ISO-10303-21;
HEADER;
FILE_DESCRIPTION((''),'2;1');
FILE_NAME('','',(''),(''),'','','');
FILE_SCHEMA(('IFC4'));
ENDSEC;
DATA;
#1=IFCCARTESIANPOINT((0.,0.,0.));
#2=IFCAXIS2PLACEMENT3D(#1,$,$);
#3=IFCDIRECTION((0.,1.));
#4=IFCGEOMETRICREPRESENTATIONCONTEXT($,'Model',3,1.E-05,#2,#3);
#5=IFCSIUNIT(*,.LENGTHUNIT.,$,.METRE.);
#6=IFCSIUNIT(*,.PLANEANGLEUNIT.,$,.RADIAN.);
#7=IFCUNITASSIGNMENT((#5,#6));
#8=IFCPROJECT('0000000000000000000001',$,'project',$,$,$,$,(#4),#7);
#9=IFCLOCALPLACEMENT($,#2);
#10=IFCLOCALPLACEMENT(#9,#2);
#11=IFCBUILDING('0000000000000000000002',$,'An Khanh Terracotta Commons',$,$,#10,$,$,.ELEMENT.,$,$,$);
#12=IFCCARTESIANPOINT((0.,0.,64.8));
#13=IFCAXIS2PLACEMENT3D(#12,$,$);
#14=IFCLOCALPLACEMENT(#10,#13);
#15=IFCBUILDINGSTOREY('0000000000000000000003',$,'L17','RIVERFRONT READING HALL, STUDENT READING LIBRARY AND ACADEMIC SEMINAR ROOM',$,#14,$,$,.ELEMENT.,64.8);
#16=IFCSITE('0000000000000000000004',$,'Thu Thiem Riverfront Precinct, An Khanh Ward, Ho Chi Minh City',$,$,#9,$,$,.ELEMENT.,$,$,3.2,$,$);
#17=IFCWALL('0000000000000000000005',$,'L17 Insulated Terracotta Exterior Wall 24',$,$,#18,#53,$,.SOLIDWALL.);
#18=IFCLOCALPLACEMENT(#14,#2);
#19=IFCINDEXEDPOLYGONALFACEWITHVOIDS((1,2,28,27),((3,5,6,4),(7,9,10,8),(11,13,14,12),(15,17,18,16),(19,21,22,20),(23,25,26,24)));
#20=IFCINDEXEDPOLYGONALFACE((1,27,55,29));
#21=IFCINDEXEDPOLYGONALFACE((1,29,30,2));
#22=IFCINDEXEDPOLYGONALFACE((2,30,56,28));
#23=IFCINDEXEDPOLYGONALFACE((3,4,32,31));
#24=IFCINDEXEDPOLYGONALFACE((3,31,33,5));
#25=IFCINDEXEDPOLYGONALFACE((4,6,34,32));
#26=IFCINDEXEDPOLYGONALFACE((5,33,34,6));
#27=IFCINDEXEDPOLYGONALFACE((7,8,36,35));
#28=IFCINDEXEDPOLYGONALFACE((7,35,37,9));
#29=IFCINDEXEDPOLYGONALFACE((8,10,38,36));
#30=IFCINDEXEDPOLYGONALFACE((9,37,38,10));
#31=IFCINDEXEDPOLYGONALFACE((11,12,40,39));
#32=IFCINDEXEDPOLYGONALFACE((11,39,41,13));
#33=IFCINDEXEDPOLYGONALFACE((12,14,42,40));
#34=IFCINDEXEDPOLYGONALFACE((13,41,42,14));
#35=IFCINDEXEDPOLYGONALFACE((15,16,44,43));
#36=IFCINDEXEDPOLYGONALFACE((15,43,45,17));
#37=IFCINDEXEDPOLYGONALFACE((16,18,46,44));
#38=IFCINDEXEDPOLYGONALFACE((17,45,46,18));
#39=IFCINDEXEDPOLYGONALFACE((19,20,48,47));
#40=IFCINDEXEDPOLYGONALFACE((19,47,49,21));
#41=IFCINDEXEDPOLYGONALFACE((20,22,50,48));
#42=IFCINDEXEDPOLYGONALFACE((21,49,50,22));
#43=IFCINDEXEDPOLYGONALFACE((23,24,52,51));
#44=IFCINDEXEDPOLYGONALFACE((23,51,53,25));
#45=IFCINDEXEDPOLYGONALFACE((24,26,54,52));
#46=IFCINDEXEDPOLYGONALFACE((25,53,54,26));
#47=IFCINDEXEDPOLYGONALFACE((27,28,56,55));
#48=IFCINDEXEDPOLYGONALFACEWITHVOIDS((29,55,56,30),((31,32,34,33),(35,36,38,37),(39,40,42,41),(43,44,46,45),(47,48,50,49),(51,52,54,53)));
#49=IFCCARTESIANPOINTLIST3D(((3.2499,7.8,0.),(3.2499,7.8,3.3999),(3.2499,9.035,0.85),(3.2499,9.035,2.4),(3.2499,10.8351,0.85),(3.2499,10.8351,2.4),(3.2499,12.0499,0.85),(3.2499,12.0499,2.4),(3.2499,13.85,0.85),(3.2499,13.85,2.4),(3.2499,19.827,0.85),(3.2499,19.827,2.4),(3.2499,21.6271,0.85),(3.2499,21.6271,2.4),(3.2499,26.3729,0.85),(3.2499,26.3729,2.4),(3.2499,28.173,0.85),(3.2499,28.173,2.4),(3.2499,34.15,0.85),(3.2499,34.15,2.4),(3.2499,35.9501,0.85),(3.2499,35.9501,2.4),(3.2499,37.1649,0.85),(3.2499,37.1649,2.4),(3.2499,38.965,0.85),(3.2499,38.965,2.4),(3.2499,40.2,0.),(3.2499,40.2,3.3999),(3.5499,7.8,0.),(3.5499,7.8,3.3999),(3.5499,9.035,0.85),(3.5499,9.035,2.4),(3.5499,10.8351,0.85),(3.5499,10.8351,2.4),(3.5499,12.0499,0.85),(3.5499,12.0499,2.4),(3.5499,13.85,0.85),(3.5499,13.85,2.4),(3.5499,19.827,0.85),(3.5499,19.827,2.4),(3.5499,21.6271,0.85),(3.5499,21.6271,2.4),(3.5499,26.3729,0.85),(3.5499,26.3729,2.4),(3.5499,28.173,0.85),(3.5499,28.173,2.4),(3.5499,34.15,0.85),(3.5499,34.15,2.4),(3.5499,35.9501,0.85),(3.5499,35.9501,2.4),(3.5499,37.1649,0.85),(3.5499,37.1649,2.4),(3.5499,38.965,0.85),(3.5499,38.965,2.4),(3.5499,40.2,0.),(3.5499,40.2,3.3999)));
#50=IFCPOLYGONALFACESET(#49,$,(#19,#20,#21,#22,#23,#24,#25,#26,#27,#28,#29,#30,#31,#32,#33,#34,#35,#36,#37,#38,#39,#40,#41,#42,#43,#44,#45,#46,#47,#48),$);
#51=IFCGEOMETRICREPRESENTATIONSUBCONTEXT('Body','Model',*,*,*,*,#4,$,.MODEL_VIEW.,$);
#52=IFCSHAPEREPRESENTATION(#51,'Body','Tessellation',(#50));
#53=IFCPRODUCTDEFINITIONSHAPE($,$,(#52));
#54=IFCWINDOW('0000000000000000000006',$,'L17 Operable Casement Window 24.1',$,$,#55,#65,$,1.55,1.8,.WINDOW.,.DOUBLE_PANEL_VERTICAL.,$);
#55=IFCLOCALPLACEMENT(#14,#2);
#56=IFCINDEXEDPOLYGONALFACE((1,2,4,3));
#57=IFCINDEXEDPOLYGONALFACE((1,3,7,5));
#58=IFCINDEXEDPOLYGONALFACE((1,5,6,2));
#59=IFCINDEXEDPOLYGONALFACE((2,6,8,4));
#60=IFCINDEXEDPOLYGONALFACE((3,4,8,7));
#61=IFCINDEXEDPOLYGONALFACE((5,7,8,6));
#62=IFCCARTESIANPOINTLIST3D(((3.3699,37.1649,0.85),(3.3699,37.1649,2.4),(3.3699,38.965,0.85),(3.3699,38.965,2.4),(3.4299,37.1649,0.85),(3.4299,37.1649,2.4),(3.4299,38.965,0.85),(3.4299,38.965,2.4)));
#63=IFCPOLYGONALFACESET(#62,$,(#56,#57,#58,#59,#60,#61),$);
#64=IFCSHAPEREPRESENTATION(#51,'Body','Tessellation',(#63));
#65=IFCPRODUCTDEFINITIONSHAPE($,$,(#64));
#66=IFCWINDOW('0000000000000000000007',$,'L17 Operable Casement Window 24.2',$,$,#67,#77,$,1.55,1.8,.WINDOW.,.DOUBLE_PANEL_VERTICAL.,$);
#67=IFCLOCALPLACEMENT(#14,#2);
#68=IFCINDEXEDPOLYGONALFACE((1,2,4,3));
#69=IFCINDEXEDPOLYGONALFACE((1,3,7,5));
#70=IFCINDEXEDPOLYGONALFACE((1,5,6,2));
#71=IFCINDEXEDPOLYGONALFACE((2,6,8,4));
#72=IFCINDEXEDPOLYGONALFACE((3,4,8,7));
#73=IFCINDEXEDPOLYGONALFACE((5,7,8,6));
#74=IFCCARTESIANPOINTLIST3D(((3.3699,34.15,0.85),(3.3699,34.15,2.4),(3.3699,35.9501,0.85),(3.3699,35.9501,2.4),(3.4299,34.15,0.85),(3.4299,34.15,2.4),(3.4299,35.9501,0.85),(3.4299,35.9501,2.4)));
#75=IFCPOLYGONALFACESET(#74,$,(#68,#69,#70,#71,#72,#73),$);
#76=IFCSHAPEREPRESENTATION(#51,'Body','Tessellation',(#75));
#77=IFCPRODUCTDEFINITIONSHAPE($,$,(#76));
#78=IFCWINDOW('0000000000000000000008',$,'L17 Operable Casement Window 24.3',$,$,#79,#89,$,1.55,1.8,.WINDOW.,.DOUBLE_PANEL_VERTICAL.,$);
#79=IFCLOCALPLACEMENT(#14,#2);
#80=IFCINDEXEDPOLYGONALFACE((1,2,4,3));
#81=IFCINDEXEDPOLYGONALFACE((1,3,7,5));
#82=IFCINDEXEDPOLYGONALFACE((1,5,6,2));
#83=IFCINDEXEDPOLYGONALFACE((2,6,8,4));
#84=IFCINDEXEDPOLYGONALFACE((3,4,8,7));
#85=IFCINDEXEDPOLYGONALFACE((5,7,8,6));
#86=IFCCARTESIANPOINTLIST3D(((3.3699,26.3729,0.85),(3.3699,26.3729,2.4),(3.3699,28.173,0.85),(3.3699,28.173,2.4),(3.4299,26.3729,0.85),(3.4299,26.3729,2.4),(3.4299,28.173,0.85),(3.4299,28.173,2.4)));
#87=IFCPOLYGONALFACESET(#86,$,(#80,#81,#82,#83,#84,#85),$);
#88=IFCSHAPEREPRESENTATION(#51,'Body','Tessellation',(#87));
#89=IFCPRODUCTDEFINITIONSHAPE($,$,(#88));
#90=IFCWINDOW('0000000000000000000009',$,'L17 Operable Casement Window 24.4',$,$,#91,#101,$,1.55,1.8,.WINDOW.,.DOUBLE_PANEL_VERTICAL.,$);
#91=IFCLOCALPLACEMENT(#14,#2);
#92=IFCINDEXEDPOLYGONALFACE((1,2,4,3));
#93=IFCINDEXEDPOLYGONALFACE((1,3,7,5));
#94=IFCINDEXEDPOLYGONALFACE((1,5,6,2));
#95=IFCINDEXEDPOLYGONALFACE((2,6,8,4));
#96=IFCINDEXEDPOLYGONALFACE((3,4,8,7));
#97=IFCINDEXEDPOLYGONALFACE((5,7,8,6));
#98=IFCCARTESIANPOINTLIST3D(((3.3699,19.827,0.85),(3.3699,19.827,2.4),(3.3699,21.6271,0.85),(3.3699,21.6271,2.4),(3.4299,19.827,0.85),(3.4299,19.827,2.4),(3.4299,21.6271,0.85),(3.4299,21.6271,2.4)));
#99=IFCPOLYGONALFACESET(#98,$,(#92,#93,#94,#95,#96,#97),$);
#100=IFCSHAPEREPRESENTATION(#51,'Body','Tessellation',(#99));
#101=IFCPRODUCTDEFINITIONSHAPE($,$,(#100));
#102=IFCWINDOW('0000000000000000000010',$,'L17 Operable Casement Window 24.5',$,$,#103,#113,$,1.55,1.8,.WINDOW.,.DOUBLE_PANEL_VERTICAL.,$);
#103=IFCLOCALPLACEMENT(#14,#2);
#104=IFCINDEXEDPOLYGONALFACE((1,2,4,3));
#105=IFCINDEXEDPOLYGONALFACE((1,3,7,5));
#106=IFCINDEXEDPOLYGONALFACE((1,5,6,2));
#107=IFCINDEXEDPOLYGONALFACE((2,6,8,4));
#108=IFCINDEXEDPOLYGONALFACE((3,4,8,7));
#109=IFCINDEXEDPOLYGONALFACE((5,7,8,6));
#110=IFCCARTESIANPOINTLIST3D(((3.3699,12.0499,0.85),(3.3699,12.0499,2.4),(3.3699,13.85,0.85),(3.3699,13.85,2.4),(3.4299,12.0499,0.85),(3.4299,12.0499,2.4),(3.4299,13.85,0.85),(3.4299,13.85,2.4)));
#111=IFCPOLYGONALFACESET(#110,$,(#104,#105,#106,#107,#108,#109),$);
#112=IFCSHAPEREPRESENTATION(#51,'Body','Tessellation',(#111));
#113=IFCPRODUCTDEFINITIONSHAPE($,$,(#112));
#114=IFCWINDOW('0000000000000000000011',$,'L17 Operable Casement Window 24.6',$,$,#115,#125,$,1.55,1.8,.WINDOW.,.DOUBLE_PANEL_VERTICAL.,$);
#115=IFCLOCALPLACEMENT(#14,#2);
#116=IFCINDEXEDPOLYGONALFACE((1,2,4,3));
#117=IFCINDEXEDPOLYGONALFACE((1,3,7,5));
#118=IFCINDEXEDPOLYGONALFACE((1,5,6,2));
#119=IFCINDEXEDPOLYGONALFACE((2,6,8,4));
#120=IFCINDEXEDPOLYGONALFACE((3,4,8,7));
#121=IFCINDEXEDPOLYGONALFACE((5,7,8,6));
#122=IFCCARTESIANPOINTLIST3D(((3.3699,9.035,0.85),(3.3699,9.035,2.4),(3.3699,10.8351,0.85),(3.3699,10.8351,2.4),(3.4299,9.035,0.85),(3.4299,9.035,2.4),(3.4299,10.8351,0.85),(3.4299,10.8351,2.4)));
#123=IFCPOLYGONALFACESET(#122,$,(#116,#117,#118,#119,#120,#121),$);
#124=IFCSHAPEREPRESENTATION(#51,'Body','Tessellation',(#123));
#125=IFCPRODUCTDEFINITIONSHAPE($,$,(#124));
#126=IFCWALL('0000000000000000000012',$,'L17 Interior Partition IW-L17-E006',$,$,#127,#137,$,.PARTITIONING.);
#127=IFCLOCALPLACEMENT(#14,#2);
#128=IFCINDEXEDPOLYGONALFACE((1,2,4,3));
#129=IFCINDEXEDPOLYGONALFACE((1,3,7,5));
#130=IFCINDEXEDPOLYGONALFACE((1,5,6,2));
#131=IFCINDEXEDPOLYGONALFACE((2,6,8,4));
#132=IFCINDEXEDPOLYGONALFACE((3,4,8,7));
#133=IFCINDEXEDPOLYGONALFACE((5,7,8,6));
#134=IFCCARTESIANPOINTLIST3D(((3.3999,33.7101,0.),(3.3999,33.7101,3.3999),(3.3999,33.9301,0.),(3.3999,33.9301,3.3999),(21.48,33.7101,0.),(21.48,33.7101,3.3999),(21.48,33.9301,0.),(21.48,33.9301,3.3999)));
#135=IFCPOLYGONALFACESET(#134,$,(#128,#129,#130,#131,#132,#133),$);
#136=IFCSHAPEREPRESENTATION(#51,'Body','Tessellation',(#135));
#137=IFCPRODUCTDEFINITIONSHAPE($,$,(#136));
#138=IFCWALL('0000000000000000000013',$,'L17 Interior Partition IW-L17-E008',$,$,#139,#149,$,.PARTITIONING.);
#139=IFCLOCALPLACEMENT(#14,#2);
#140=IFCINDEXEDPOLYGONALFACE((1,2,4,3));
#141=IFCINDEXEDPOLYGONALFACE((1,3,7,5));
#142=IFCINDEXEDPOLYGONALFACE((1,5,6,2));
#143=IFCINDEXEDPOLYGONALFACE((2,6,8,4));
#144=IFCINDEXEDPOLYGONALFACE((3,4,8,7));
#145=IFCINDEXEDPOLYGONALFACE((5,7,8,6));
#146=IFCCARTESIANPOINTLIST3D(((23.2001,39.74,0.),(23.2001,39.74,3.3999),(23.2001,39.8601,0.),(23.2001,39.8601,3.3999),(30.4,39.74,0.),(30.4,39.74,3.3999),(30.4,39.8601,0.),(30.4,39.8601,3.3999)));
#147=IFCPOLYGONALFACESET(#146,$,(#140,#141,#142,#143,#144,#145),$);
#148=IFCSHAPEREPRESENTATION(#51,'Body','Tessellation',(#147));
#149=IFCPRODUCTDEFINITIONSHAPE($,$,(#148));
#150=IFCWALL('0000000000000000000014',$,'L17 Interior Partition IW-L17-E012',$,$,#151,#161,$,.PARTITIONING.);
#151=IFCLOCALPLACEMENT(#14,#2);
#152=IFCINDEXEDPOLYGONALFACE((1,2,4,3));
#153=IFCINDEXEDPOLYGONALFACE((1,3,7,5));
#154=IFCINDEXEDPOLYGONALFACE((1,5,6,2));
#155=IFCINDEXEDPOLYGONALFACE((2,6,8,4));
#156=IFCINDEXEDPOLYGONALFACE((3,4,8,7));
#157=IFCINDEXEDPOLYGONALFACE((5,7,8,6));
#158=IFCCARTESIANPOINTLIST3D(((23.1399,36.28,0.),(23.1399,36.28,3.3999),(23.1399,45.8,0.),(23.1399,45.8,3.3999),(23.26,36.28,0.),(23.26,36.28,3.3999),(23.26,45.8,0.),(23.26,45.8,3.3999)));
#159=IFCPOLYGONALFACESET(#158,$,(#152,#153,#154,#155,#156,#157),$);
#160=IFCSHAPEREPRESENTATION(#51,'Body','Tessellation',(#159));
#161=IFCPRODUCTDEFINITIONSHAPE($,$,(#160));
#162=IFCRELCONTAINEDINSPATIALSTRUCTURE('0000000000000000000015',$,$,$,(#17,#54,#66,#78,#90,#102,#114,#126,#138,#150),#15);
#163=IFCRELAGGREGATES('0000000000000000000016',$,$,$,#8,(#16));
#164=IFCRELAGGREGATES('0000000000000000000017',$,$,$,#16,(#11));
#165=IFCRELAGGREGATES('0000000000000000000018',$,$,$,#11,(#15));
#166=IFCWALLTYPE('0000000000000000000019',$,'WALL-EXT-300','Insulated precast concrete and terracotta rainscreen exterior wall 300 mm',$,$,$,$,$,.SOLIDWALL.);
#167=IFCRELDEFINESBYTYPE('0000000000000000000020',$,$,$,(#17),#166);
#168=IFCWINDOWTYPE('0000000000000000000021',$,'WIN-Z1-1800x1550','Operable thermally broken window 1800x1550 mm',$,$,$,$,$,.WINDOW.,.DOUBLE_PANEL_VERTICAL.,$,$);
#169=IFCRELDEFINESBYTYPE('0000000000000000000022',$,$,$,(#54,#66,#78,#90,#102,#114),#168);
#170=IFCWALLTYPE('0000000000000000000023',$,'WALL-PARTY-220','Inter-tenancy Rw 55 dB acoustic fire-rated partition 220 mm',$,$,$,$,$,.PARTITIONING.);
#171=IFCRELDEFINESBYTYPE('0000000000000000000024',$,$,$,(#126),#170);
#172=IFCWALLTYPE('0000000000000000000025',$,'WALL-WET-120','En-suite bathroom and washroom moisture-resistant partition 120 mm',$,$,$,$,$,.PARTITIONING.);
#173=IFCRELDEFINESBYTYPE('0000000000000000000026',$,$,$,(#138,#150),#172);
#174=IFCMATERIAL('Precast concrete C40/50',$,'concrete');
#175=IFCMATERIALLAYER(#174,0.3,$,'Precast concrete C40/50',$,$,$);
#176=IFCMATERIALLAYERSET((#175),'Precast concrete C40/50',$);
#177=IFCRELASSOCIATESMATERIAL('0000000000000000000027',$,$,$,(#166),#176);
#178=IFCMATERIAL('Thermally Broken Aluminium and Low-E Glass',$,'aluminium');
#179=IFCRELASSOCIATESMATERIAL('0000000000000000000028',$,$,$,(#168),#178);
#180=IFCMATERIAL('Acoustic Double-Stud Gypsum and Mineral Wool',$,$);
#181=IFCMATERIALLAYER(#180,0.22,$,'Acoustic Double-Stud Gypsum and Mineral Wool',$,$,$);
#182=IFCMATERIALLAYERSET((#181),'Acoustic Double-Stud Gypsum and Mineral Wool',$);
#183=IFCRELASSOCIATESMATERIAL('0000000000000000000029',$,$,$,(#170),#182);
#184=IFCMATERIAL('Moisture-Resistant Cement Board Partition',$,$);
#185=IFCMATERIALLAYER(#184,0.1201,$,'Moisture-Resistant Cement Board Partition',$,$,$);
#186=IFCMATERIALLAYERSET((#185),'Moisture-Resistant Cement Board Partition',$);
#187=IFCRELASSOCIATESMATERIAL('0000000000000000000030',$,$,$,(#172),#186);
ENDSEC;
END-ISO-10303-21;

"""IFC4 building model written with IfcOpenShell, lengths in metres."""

from ifc_helpers import new_model, si_unit, direction, frame, frame_2d, origin, place, context, subcontext, project, spatial, rectangle, extrude, material, layer, layer_set, type_object, element, fill, save


model = new_model("IFC4")

# Units and contexts
model_context = context("Model", 3, precision=1e-05, world=origin(), true_north=direction((0.0, 1.0)))
body_context = subcontext(model_context, "Body", "Model", "MODEL_VIEW")
ifc_project = project(units=[si_unit("LENGTHUNIT", "METRE"), si_unit("PLANEANGLEUNIT", "RADIAN")], contexts=[model_context])

# Site, building, storey
site_placement = place(None, origin())
site = spatial("IfcSite", under=ifc_project, at=site_placement, Name="Thu Thiem Riverfront Precinct, An Khanh Ward, Ho Chi Minh City", CompositionType="ELEMENT", RefElevation=3.2)
building_placement = place(site_placement, origin())
building = spatial("IfcBuilding", under=site, at=building_placement, Name="An Khanh Terracotta Commons", CompositionType="ELEMENT")
storey_placement = place(building_placement, frame((0.0, 0.0, 64.8)))
storey = spatial("IfcBuildingStorey", under=building, at=storey_placement, Name="L17", Description="RIVERFRONT READING HALL, STUDENT READING LIBRARY AND ACADEMIC SEMINAR ROOM", CompositionType="ELEMENT", Elevation=64.8)

# Shared definitions
ifc_material_1 = material(Name="Precast concrete C40/50", Category="concrete")
ifc_layer_1 = layer(ifc_material_1, 0.3, Name="Precast concrete C40/50")
ifc_layer_set_1 = layer_set([ifc_layer_1], Name="Precast concrete C40/50")
wall_type_1 = type_object("IfcWallType", Name="WALL-EXT-300", Description="Insulated precast concrete and terracotta rainscreen exterior wall 300 mm", PredefinedType="SOLIDWALL", material=ifc_layer_set_1)

# Wall, openings, windows
wall_1_placement = place(storey_placement, frame((3.3999, 40.2, 0.0), z_axis=(0.0, 0.0, 1.0), x_axis=(0.0, -1.0, 0.0)))
wall_1 = element("IfcWall", 1, at=wall_1_placement, inside=storey, type_object=wall_type_1, Name="L17 Insulated Terracotta Exterior Wall 24", PredefinedType="SOLIDWALL", context=body_context, shape_type="SweptSolid", body=[
    extrude(rectangle(XDim=32.3999, YDim=0.3, at=frame_2d((16.2, 0.0))), origin(), (0.0, 0.0, 1.0), 3.3999),
])
opening_1_placement = place(wall_1_placement, frame((1.2351, 0.0, 0.8501)))
opening_1 = element("IfcOpeningElement", 2, at=opening_1_placement, cuts=wall_1, PredefinedType="OPENING", context=body_context, shape_type="SweptSolid", body=[
    extrude(rectangle(XDim=1.8, YDim=1.55, at=frame_2d((0.8999, 0.7749))), frame((0.0, 0.1599, 0.0), z_axis=(0.0, -1.0, 0.0), x_axis=(1.0, 0.0, 0.0)), (0.0, 0.0, 1.0), 0.3201),
])
opening_2_placement = place(wall_1_placement, frame((4.25, 0.0, 0.8501)))
opening_2 = element("IfcOpeningElement", 3, at=opening_2_placement, cuts=wall_1, PredefinedType="OPENING", context=body_context, shape_type="SweptSolid", body=[
    extrude(rectangle(XDim=1.8, YDim=1.55, at=frame_2d((0.8999, 0.7749))), frame((0.0, 0.1599, 0.0), z_axis=(0.0, -1.0, 0.0), x_axis=(1.0, 0.0, 0.0)), (0.0, 0.0, 1.0), 0.3201),
])
opening_3_placement = place(wall_1_placement, frame((12.0271, 0.0, 0.8501)))
opening_3 = element("IfcOpeningElement", 4, at=opening_3_placement, cuts=wall_1, PredefinedType="OPENING", context=body_context, shape_type="SweptSolid", body=[
    extrude(rectangle(XDim=1.8, YDim=1.55, at=frame_2d((0.8999, 0.7749))), frame((0.0, 0.1599, 0.0), z_axis=(0.0, -1.0, 0.0), x_axis=(1.0, 0.0, 0.0)), (0.0, 0.0, 1.0), 0.3201),
])
opening_4_placement = place(wall_1_placement, frame((18.573, 0.0, 0.8501)))
opening_4 = element("IfcOpeningElement", 5, at=opening_4_placement, cuts=wall_1, PredefinedType="OPENING", context=body_context, shape_type="SweptSolid", body=[
    extrude(rectangle(XDim=1.8, YDim=1.55, at=frame_2d((0.8999, 0.7749))), frame((0.0, 0.1599, 0.0), z_axis=(0.0, -1.0, 0.0), x_axis=(1.0, 0.0, 0.0)), (0.0, 0.0, 1.0), 0.3201),
])
opening_5_placement = place(wall_1_placement, frame((26.3501, 0.0, 0.8501)))
opening_5 = element("IfcOpeningElement", 6, at=opening_5_placement, cuts=wall_1, PredefinedType="OPENING", context=body_context, shape_type="SweptSolid", body=[
    extrude(rectangle(XDim=1.8, YDim=1.55, at=frame_2d((0.8999, 0.7749))), frame((0.0, 0.1599, 0.0), z_axis=(0.0, -1.0, 0.0), x_axis=(1.0, 0.0, 0.0)), (0.0, 0.0, 1.0), 0.3201),
])
opening_6_placement = place(wall_1_placement, frame((29.365, 0.0, 0.8501)))
opening_6 = element("IfcOpeningElement", 7, at=opening_6_placement, cuts=wall_1, PredefinedType="OPENING", context=body_context, shape_type="SweptSolid", body=[
    extrude(rectangle(XDim=1.8, YDim=1.55, at=frame_2d((0.8999, 0.7749))), frame((0.0, 0.1599, 0.0), z_axis=(0.0, -1.0, 0.0), x_axis=(1.0, 0.0, 0.0)), (0.0, 0.0, 1.0), 0.3201),
])
ifc_material_2 = material(Name="Thermally Broken Aluminium and Low-E Glass", Category="aluminium")
window_type = type_object("IfcWindowType", Name="WIN-Z1-1800x1550", Description="Operable thermally broken window 1800x1550 mm", PartitioningType="DOUBLE_PANEL_VERTICAL", PredefinedType="WINDOW", material=ifc_material_2)
window_1_placement = place(opening_1_placement, origin())
window_1 = element("IfcWindow", 8, at=window_1_placement, inside=storey, type_object=window_type, Name="L17 Operable Casement Window 24.1", OverallHeight=1.55, OverallWidth=1.8, PartitioningType="DOUBLE_PANEL_VERTICAL", PredefinedType="WINDOW", context=body_context, shape_type="SweptSolid", body=[
    extrude(rectangle(XDim=1.8, YDim=1.55, at=frame_2d((0.8999, 0.7749))), frame((0.0, 0.03, 0.0), z_axis=(0.0, -1.0, 0.0), x_axis=(1.0, 0.0, 0.0)), (0.0, 0.0, 1.0), 0.0601),
])
fill(opening_1, window_1)
window_2_placement = place(opening_2_placement, origin())
window_2 = element("IfcWindow", 9, at=window_2_placement, inside=storey, type_object=window_type, Name="L17 Operable Casement Window 24.2", OverallHeight=1.55, OverallWidth=1.8, PartitioningType="DOUBLE_PANEL_VERTICAL", PredefinedType="WINDOW", context=body_context, shape_type="SweptSolid", body=[
    extrude(rectangle(XDim=1.8, YDim=1.55, at=frame_2d((0.8999, 0.7749))), frame((0.0, 0.03, 0.0), z_axis=(0.0, -1.0, 0.0), x_axis=(1.0, 0.0, 0.0)), (0.0, 0.0, 1.0), 0.0601),
])
fill(opening_2, window_2)
window_3_placement = place(opening_3_placement, origin())
window_3 = element("IfcWindow", 10, at=window_3_placement, inside=storey, type_object=window_type, Name="L17 Operable Casement Window 24.3", OverallHeight=1.55, OverallWidth=1.8, PartitioningType="DOUBLE_PANEL_VERTICAL", PredefinedType="WINDOW", context=body_context, shape_type="SweptSolid", body=[
    extrude(rectangle(XDim=1.8, YDim=1.55, at=frame_2d((0.8999, 0.7749))), frame((0.0, 0.03, 0.0), z_axis=(0.0, -1.0, 0.0), x_axis=(1.0, 0.0, 0.0)), (0.0, 0.0, 1.0), 0.0601),
])
fill(opening_3, window_3)
window_4_placement = place(opening_4_placement, origin())
window_4 = element("IfcWindow", 11, at=window_4_placement, inside=storey, type_object=window_type, Name="L17 Operable Casement Window 24.4", OverallHeight=1.55, OverallWidth=1.8, PartitioningType="DOUBLE_PANEL_VERTICAL", PredefinedType="WINDOW", context=body_context, shape_type="SweptSolid", body=[
    extrude(rectangle(XDim=1.8, YDim=1.55, at=frame_2d((0.8999, 0.7749))), frame((0.0, 0.03, 0.0), z_axis=(0.0, -1.0, 0.0), x_axis=(1.0, 0.0, 0.0)), (0.0, 0.0, 1.0), 0.0601),
])
fill(opening_4, window_4)
window_5_placement = place(opening_5_placement, origin())
window_5 = element("IfcWindow", 12, at=window_5_placement, inside=storey, type_object=window_type, Name="L17 Operable Casement Window 24.5", OverallHeight=1.55, OverallWidth=1.8, PartitioningType="DOUBLE_PANEL_VERTICAL", PredefinedType="WINDOW", context=body_context, shape_type="SweptSolid", body=[
    extrude(rectangle(XDim=1.8, YDim=1.55, at=frame_2d((0.8999, 0.7749))), frame((0.0, 0.03, 0.0), z_axis=(0.0, -1.0, 0.0), x_axis=(1.0, 0.0, 0.0)), (0.0, 0.0, 1.0), 0.0601),
])
fill(opening_5, window_5)
window_6_placement = place(opening_6_placement, origin())
window_6 = element("IfcWindow", 13, at=window_6_placement, inside=storey, type_object=window_type, Name="L17 Operable Casement Window 24.6", OverallHeight=1.55, OverallWidth=1.8, PartitioningType="DOUBLE_PANEL_VERTICAL", PredefinedType="WINDOW", context=body_context, shape_type="SweptSolid", body=[
    extrude(rectangle(XDim=1.8, YDim=1.55, at=frame_2d((0.8999, 0.7749))), frame((0.0, 0.03, 0.0), z_axis=(0.0, -1.0, 0.0), x_axis=(1.0, 0.0, 0.0)), (0.0, 0.0, 1.0), 0.0601),
])
fill(opening_6, window_6)

# Walls
ifc_material_3 = material(Name="Acoustic Double-Stud Gypsum and Mineral Wool")
ifc_layer_2 = layer(ifc_material_3, 0.22, Name="Acoustic Double-Stud Gypsum and Mineral Wool")
ifc_layer_set_2 = layer_set([ifc_layer_2], Name="Acoustic Double-Stud Gypsum and Mineral Wool")
wall_type_2 = type_object("IfcWallType", Name="WALL-PARTY-220", Description="Inter-tenancy Rw 55 dB acoustic fire-rated partition 220 mm", PredefinedType="PARTITIONING", material=ifc_layer_set_2)
wall_2_placement = place(storey_placement, frame((3.3999, 33.8201, 0.0), z_axis=(0.0, 0.0, 1.0), x_axis=(1.0, 0.0, 0.0)))
element("IfcWall", 14, at=wall_2_placement, inside=storey, type_object=wall_type_2, Name="L17 Interior Partition IW-L17-E006", PredefinedType="PARTITIONING", context=body_context, shape_type="SweptSolid", body=[
    extrude(rectangle(XDim=18.0801, YDim=0.22, at=frame_2d((9.04, 0.0))), origin(), (0.0, 0.0, 1.0), 3.3999),
])
ifc_material_4 = material(Name="Moisture-Resistant Cement Board Partition")
ifc_layer_3 = layer(ifc_material_4, 0.1201, Name="Moisture-Resistant Cement Board Partition")
ifc_layer_set_3 = layer_set([ifc_layer_3], Name="Moisture-Resistant Cement Board Partition")
wall_type_3 = type_object("IfcWallType", Name="WALL-WET-120", Description="En-suite bathroom and washroom moisture-resistant partition 120 mm", PredefinedType="PARTITIONING", material=ifc_layer_set_3)
wall_3_placement = place(storey_placement, frame((23.2, 39.8, 0.0), z_axis=(0.0, 0.0, 1.0), x_axis=(1.0, 0.0, 0.0)))
element("IfcWall", 15, at=wall_3_placement, inside=storey, type_object=wall_type_3, Name="L17 Interior Partition IW-L17-E008", PredefinedType="PARTITIONING", context=body_context, shape_type="SweptSolid", body=[
    extrude(rectangle(XDim=7.2, YDim=0.1201, at=frame_2d((3.6001, 0.0))), origin(), (0.0, 0.0, 1.0), 3.3999),
])
wall_4_placement = place(storey_placement, frame((23.2, 36.28, 0.0), z_axis=(0.0, 0.0, 1.0), x_axis=(0.0, 1.0, 0.0)))
element("IfcWall", 16, at=wall_4_placement, inside=storey, type_object=wall_type_3, Name="L17 Interior Partition IW-L17-E012", PredefinedType="PARTITIONING", context=body_context, shape_type="SweptSolid", body=[
    extrude(rectangle(XDim=9.52, YDim=0.1201, at=frame_2d((4.76, 0.0))), origin(), (0.0, 0.0, 1.0), 3.3999),
])

save(model, "model.ifc")
